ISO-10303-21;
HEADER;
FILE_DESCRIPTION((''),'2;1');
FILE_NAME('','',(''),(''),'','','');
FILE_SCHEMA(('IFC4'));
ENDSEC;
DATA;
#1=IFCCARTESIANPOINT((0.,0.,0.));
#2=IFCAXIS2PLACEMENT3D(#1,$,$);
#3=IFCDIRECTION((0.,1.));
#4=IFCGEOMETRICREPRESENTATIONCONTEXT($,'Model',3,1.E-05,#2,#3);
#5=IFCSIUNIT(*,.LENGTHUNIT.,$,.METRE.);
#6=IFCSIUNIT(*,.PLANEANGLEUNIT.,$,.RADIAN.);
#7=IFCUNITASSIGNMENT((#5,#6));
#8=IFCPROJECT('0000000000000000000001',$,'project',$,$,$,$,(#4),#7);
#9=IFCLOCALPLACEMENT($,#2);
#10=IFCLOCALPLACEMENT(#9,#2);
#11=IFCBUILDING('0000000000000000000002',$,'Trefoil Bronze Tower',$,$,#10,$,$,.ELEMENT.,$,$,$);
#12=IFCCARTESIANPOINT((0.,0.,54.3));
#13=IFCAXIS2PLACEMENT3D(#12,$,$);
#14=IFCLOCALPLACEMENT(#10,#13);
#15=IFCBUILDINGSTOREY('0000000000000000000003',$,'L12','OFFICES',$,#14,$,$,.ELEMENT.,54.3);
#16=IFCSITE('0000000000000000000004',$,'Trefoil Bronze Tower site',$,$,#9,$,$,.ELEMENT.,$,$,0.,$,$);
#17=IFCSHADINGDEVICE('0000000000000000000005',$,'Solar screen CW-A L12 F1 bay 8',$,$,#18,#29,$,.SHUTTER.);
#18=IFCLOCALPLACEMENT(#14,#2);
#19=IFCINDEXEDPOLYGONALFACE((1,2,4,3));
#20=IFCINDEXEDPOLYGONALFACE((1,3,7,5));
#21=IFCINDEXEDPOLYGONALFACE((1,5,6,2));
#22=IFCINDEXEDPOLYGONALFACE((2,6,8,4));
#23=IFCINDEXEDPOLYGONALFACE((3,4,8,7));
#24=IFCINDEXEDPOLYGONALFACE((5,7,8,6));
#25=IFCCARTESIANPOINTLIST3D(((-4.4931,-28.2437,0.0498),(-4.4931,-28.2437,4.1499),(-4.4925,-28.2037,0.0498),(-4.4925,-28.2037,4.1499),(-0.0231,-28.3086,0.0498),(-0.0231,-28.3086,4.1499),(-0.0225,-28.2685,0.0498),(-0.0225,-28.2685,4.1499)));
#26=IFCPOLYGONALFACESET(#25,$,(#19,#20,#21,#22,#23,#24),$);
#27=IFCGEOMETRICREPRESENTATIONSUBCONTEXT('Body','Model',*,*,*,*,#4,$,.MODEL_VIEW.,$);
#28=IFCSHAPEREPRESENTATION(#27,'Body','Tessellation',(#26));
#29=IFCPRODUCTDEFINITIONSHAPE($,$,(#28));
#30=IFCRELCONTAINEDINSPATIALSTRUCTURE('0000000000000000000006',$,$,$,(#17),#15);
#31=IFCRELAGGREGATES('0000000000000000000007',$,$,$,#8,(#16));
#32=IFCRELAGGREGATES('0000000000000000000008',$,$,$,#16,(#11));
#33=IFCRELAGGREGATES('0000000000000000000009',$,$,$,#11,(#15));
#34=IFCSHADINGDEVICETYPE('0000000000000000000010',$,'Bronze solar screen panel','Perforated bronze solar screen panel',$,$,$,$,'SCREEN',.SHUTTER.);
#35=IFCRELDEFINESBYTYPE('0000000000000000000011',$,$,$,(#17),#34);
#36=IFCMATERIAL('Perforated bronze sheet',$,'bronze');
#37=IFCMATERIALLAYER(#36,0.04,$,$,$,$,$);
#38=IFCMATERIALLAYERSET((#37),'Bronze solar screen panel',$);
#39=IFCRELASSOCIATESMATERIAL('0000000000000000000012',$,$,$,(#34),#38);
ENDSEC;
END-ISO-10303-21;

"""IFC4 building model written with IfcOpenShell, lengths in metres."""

from ifc_helpers import new_model, si_unit, direction, frame, origin, origin_2d, place, context, subcontext, project, spatial, rectangle, extrude, material, layer, layer_set, type_object, element, save


model = new_model("IFC4")

# Units and contexts
model_context = context("Model", 3, precision=1e-05, world=origin(), true_north=direction((0.0, 1.0)))
body_context = subcontext(model_context, "Body", "Model", "MODEL_VIEW")
ifc_project = project(units=[si_unit("LENGTHUNIT", "METRE"), si_unit("PLANEANGLEUNIT", "RADIAN")], contexts=[model_context])

# Site, building, storey
site_placement = place(None, origin())
site = spatial("IfcSite", under=ifc_project, at=site_placement, Name="Trefoil Bronze Tower site", CompositionType="ELEMENT", RefElevation=0.0)
building_placement = place(site_placement, origin())
building = spatial("IfcBuilding", under=site, at=building_placement, Name="Trefoil Bronze Tower", CompositionType="ELEMENT")
storey_placement = place(building_placement, frame((0.0, 0.0, 54.3)))
storey = spatial("IfcBuildingStorey", under=building, at=storey_placement, Name="L12", Description="OFFICES", CompositionType="ELEMENT", Elevation=54.3)

# Shading device
ifc_material_1 = material(Name="Perforated bronze sheet", Category="bronze")
ifc_layer_1 = layer(ifc_material_1, 0.04)
ifc_layer_set_1 = layer_set([ifc_layer_1], Name="Bronze solar screen panel")
shading_device_type = type_object("IfcShadingDeviceType", Name="Bronze solar screen panel", Description="Perforated bronze solar screen panel", ElementType="SCREEN", PredefinedType="SHUTTER", material=ifc_layer_set_1)
shading_device_1_placement = place(storey_placement, frame((-2.2578, -28.2561, 0.0498), z_axis=(0.0, 0.0, 1.0), x_axis=(0.999895, -0.014509, 0.0)))
element("IfcShadingDevice", 1, at=shading_device_1_placement, inside=storey, type_object=shading_device_type, Name="Solar screen CW-A L12 F1 bay 8", PredefinedType="SHUTTER", context=body_context, shape_type="SweptSolid", body=[
    extrude(rectangle(XDim=4.4705, YDim=0.04, at=origin_2d()), origin(), (0.0, 0.0, 1.0), 4.1001),
])

save(model, "model.ifc")
